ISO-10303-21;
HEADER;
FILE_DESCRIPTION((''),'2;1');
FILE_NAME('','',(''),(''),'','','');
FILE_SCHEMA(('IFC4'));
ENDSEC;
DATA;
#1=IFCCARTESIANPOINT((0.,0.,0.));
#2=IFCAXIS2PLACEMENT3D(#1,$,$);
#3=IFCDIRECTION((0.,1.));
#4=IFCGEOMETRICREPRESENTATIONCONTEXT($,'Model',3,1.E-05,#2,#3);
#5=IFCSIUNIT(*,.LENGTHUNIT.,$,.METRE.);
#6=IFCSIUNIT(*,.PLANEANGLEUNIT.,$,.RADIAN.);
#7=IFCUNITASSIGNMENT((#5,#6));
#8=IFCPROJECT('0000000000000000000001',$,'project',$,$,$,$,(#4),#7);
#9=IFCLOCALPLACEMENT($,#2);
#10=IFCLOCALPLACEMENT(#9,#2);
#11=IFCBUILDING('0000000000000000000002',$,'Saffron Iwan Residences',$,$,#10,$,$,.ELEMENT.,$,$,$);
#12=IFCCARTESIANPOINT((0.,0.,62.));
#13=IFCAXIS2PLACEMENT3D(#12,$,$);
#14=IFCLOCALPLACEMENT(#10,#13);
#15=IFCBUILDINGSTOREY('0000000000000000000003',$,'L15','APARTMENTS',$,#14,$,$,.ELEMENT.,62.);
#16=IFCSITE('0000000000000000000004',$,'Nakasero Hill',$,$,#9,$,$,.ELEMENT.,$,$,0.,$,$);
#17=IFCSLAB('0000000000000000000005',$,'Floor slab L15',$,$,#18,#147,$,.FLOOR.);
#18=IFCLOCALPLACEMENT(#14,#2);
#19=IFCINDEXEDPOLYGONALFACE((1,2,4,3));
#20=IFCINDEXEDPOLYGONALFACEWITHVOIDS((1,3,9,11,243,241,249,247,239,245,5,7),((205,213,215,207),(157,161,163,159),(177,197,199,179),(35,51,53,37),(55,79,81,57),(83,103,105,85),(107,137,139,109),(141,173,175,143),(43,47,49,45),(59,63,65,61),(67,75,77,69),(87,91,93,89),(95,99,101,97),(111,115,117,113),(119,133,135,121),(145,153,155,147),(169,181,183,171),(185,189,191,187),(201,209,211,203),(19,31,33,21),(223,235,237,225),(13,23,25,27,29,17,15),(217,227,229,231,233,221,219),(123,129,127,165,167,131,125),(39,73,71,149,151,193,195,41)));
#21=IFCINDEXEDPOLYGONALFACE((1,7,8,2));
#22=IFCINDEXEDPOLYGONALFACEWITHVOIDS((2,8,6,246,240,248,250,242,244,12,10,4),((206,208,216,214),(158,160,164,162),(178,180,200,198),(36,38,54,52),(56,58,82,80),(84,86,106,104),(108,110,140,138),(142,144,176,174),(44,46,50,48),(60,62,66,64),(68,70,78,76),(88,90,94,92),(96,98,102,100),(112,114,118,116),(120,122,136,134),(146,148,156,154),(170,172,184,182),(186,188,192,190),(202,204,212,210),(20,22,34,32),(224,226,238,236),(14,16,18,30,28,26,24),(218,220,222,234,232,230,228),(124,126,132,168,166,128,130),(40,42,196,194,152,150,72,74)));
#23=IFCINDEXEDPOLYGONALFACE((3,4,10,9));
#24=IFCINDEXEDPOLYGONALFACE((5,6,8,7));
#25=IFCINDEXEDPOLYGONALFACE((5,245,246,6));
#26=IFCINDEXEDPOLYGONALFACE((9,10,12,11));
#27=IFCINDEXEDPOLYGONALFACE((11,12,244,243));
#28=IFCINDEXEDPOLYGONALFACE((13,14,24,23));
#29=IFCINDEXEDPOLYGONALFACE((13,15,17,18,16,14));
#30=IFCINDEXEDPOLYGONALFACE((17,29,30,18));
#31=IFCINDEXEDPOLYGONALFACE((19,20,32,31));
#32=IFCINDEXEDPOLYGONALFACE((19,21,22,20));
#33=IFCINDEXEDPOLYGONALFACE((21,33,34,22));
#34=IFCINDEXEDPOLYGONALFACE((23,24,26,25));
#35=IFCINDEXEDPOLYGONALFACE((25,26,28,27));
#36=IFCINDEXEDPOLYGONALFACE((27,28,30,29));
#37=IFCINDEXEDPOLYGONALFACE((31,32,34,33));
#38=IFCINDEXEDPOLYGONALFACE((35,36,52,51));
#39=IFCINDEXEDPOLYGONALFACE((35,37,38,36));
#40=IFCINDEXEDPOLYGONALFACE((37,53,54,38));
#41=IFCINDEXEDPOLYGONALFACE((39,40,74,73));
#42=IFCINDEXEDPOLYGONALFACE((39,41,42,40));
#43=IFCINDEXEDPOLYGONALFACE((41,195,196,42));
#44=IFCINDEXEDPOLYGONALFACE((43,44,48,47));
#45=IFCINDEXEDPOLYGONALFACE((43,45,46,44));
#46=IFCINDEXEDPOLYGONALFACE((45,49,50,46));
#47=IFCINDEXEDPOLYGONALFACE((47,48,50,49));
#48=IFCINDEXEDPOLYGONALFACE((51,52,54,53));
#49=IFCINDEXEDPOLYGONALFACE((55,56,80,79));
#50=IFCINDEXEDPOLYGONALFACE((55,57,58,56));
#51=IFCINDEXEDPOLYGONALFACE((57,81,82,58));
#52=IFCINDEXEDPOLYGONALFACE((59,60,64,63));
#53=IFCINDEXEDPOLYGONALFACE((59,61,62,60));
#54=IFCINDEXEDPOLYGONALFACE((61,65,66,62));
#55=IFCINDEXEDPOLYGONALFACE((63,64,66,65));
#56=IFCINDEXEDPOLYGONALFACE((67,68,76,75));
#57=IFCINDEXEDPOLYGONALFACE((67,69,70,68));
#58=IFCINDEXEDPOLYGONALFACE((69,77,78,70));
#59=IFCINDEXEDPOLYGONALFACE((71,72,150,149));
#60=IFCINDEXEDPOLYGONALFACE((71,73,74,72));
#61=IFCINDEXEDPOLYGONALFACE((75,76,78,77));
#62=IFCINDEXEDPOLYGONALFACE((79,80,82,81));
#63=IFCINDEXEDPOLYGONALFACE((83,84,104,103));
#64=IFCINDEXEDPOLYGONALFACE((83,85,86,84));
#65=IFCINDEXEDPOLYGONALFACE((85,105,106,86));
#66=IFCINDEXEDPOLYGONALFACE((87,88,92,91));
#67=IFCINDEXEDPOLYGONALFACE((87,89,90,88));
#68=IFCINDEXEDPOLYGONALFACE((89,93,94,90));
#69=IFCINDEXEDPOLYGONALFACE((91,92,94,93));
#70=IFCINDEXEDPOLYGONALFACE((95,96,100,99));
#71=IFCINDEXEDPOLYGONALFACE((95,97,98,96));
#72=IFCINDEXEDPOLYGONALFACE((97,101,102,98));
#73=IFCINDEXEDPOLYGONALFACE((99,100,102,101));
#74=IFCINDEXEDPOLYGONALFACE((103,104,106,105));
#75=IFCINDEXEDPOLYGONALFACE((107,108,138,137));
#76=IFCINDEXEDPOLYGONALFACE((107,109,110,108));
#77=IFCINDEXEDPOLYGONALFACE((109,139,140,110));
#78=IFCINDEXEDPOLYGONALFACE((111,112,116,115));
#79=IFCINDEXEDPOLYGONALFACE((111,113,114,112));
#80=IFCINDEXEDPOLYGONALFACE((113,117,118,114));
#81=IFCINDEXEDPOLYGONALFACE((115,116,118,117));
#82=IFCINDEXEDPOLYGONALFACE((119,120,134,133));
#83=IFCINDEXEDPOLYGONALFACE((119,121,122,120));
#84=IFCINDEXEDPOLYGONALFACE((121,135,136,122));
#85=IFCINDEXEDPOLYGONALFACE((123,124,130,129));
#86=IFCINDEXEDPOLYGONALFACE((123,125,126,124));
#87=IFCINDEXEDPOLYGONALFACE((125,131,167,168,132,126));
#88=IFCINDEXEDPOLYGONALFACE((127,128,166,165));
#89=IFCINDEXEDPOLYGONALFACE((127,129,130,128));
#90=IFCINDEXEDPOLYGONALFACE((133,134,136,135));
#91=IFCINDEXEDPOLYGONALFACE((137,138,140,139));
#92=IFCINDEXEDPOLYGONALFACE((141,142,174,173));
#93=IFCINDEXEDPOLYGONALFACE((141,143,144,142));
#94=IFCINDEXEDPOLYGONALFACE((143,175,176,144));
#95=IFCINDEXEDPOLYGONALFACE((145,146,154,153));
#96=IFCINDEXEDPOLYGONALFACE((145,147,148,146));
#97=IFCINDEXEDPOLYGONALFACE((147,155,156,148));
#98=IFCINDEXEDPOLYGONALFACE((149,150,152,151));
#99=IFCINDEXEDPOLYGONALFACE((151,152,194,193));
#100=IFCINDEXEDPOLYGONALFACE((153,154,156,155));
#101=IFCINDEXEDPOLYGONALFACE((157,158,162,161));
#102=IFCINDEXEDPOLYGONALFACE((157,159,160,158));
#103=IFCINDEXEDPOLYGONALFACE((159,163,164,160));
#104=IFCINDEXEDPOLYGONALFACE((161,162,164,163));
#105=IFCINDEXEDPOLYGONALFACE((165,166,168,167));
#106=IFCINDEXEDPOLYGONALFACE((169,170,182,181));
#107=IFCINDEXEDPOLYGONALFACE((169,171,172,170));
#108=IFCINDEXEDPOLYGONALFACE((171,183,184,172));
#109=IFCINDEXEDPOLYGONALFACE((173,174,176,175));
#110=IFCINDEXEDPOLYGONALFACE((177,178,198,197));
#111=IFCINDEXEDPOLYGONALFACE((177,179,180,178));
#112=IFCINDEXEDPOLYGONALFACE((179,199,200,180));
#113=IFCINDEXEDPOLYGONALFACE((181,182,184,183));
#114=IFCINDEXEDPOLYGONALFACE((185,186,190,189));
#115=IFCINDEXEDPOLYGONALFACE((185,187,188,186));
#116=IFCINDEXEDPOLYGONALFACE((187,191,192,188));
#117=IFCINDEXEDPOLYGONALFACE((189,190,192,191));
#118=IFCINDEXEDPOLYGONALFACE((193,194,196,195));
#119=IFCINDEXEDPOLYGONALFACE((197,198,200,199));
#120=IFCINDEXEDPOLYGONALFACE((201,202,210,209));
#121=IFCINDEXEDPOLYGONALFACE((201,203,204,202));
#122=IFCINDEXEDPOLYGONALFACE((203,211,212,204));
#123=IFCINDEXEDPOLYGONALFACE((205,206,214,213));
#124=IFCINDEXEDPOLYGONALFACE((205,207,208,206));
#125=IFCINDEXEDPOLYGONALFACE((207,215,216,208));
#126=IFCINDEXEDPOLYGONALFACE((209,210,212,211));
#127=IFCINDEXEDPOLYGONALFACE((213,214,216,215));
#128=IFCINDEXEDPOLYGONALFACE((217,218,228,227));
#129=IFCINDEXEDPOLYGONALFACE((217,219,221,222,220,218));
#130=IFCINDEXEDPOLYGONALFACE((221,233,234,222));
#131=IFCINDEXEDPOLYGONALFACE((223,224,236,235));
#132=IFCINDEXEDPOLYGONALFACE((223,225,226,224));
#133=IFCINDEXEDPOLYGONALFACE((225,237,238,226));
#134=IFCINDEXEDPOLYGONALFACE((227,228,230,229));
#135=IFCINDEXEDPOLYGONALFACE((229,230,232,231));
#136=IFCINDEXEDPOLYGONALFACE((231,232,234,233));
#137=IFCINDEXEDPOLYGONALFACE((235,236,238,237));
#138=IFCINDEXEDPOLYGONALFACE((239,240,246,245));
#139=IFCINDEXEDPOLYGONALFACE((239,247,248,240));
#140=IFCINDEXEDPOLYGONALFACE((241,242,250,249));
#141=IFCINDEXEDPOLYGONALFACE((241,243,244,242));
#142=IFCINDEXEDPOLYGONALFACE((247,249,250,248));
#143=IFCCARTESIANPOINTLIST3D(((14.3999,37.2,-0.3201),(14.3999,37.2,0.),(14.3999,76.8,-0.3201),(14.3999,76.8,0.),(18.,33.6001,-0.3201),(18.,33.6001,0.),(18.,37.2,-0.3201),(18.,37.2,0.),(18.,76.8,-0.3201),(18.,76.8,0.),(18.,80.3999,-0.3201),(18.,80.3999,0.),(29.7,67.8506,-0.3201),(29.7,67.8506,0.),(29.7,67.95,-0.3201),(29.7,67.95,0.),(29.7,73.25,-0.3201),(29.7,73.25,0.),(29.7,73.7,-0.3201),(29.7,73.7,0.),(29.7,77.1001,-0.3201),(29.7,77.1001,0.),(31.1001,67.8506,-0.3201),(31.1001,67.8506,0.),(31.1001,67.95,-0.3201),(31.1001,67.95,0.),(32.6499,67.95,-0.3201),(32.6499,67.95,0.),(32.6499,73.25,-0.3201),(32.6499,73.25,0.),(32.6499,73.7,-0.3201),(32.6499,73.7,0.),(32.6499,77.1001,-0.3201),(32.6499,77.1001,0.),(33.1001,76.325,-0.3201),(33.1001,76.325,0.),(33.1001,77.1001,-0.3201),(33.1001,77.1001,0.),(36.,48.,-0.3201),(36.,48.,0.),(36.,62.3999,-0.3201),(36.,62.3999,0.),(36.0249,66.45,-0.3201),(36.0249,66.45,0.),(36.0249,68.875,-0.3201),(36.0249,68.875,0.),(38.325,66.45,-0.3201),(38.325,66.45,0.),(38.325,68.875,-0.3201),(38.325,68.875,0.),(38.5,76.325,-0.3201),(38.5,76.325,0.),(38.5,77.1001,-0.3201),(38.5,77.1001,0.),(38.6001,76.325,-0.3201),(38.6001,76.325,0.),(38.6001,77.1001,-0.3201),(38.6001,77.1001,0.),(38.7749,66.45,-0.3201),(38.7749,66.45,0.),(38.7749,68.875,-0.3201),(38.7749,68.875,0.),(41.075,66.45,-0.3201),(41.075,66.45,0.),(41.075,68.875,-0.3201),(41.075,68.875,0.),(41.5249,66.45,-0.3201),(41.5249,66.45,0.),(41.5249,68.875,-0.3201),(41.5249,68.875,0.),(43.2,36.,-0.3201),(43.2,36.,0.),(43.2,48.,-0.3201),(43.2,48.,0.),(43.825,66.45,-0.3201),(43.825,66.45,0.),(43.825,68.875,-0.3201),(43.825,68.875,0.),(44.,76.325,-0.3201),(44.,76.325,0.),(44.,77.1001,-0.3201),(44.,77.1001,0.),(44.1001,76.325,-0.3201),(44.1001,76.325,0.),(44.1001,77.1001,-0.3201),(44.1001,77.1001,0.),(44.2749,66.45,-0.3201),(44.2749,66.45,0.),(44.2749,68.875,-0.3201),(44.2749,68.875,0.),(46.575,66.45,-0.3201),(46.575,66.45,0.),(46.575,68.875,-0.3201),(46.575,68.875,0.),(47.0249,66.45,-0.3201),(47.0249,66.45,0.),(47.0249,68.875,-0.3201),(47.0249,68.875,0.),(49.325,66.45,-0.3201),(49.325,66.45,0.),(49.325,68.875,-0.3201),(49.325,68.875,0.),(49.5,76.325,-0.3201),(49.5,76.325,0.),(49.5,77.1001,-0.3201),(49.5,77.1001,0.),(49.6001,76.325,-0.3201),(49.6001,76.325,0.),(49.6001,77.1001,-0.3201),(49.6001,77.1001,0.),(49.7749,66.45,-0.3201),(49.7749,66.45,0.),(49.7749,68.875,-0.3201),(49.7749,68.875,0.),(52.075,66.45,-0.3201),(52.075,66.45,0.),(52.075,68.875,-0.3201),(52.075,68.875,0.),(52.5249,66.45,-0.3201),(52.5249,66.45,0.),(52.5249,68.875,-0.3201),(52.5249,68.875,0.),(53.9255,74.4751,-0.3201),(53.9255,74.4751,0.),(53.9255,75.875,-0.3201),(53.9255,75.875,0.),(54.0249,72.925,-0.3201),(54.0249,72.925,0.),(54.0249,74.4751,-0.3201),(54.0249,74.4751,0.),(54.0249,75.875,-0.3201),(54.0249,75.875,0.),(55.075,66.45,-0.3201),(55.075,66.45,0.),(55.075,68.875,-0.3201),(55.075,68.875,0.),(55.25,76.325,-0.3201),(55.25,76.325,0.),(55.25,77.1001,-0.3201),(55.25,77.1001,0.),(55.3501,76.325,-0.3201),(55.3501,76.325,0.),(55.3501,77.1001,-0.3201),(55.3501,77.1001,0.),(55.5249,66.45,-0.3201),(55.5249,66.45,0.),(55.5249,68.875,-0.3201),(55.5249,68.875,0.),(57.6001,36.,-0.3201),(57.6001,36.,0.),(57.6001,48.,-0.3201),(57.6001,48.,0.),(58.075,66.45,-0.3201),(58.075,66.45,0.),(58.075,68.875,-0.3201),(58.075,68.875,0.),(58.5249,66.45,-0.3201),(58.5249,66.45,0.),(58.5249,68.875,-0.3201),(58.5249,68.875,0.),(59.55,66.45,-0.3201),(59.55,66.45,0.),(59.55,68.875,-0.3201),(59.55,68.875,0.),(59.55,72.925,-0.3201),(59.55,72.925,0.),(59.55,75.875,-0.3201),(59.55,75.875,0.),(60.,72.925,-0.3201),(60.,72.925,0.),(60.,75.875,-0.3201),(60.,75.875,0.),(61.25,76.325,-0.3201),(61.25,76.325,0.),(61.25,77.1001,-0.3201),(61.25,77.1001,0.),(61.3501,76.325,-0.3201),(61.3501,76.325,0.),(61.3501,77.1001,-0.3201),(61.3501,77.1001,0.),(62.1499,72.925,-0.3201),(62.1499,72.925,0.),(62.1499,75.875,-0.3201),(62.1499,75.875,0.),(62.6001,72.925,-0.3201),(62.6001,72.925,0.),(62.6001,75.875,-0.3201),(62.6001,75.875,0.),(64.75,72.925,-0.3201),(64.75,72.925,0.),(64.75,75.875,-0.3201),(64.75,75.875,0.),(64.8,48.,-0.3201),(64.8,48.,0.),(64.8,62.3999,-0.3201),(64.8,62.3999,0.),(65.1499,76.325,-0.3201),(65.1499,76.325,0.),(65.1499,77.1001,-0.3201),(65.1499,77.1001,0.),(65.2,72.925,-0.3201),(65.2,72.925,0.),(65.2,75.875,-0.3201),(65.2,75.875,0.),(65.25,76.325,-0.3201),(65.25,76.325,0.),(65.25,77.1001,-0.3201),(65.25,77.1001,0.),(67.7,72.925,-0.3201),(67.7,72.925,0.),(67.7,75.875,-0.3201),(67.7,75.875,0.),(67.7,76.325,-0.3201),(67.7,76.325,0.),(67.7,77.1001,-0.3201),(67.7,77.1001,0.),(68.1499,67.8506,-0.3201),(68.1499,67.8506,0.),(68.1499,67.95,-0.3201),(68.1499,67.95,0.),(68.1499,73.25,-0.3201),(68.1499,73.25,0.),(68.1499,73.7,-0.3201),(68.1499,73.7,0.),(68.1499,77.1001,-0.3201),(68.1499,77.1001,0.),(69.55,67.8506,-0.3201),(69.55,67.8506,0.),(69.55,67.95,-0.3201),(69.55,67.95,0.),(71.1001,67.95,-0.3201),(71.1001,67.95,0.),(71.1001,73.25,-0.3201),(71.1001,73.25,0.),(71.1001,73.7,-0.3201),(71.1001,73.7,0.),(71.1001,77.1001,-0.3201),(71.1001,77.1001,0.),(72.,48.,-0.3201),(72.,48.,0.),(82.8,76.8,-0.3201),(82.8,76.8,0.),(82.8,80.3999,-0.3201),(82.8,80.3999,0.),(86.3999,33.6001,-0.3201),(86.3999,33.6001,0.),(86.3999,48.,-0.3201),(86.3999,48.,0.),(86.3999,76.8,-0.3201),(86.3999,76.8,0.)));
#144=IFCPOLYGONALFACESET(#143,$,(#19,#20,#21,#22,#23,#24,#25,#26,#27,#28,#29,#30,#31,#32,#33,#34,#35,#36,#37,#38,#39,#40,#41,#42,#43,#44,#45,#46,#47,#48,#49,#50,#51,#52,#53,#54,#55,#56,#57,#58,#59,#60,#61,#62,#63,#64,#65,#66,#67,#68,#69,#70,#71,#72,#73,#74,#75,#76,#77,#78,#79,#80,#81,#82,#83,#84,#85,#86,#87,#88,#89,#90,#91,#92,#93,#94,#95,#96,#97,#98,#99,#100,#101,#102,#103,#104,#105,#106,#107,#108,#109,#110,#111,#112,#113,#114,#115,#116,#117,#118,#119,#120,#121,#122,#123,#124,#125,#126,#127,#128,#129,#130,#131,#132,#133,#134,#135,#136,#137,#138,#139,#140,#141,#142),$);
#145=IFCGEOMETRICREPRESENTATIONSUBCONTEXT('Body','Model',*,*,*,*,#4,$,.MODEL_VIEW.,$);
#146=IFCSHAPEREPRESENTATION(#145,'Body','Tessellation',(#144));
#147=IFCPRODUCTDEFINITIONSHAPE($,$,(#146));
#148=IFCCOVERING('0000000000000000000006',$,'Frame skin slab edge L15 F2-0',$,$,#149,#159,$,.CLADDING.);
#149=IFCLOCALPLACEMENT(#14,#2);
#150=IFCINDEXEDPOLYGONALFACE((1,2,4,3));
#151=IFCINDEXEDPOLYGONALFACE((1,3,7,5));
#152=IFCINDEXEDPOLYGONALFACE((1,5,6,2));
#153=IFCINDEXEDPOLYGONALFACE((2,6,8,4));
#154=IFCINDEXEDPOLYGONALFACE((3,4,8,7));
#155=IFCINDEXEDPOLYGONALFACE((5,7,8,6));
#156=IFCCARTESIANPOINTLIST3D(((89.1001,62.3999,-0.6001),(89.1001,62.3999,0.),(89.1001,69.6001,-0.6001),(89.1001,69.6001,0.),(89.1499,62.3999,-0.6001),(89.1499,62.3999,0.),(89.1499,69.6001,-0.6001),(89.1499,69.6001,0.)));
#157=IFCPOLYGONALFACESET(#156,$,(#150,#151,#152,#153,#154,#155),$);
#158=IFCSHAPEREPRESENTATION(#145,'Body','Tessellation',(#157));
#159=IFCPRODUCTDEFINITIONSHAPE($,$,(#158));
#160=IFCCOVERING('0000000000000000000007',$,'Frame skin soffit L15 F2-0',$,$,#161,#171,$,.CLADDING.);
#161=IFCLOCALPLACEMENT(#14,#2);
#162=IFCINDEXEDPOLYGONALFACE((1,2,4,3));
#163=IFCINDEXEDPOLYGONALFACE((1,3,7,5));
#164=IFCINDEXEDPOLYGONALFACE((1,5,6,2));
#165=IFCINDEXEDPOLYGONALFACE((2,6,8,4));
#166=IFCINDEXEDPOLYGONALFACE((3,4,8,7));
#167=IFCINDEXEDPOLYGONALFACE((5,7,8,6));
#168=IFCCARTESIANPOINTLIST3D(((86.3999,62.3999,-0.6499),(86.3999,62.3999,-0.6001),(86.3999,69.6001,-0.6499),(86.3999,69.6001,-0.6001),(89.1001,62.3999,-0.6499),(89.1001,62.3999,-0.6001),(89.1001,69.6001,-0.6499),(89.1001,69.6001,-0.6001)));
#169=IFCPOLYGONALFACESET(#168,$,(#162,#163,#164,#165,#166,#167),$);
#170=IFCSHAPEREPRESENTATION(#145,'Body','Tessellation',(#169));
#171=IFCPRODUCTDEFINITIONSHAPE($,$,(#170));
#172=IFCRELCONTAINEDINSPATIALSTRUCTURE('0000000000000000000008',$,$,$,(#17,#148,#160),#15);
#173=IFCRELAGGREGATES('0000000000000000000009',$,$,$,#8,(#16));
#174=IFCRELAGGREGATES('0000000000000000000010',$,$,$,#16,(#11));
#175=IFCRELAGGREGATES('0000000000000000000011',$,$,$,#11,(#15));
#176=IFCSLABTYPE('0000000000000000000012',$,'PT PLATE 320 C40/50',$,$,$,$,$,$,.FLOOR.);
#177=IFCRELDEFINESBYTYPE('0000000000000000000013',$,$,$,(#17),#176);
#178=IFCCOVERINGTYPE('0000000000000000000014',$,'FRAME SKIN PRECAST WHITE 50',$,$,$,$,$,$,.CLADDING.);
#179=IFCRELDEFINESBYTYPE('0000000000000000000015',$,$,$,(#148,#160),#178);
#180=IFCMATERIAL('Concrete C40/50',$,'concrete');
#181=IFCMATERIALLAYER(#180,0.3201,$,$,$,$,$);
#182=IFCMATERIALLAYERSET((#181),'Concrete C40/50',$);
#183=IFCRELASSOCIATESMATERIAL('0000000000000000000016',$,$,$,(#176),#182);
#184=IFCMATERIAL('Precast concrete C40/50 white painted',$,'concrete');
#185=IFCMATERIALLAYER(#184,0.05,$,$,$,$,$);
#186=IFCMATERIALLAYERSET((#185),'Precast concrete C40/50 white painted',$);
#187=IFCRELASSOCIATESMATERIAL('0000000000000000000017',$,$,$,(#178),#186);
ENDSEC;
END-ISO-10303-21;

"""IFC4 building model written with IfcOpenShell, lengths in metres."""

from ifc_helpers import new_model, si_unit, direction, frame, origin, place, context, subcontext, project, spatial, polyline, outline, extrude, material, layer, layer_set, type_object, element, save


model = new_model("IFC4")

# Units and contexts
model_context = context("Model", 3, precision=1e-05, world=origin(), true_north=direction((0.0, 1.0)))
body_context = subcontext(model_context, "Body", "Model", "MODEL_VIEW")
ifc_project = project(units=[si_unit("LENGTHUNIT", "METRE"), si_unit("PLANEANGLEUNIT", "RADIAN")], contexts=[model_context])

# Site, building, storey
site_placement = place(None, origin())
site = spatial("IfcSite", under=ifc_project, at=site_placement, Name="Nakasero Hill", CompositionType="ELEMENT", RefElevation=0.0)
building_placement = place(site_placement, origin())
building = spatial("IfcBuilding", under=site, at=building_placement, Name="Saffron Iwan Residences", CompositionType="ELEMENT")
storey_placement = place(building_placement, frame((0.0, 0.0, 62.0)))
storey = spatial("IfcBuildingStorey", under=building, at=storey_placement, Name="L15", Description="APARTMENTS", CompositionType="ELEMENT", Elevation=62.0)

# Slab
ifc_material_1 = material(Name="Concrete C40/50", Category="concrete")
ifc_layer_1 = layer(ifc_material_1, 0.3201)
ifc_layer_set_1 = layer_set([ifc_layer_1], Name="Concrete C40/50")
slab_type_1 = type_object("IfcSlabType", Name="PT PLATE 320 C40/50", PredefinedType="FLOOR", material=ifc_layer_set_1)
slab_1_placement = place(storey_placement, frame((0.0, 0.0, -0.3201)))
element("IfcSlab", 1, at=slab_1_placement, inside=storey, type_object=slab_type_1, Name="Floor slab L15", PredefinedType="FLOOR", context=body_context, shape_type="SweptSolid", body=[
    extrude(outline(polyline([(14.3999, 37.2), (14.3999, 76.8), (18.0, 76.8), (18.0, 80.3999), (82.8, 80.3999), (82.8, 76.8), (86.3999, 76.8), (86.3999, 48.0), (72.0, 48.0), (86.3999, 33.6001), (18.0, 33.6001), (18.0, 37.2), (14.3999, 37.2)]), holes=[polyline([(64.8, 48.0), (64.8, 62.3999), (36.0, 62.3999), (36.0, 48.0), (43.2, 48.0), (43.2, 36.0), (57.6001, 36.0), (57.6001, 48.0), (64.8, 48.0)]), polyline([(38.325, 68.875), (36.0249, 68.875), (36.0249, 66.45), (38.325, 66.45), (38.325, 68.875)]), polyline([(41.075, 66.45), (41.075, 68.875), (38.7749, 68.875), (38.7749, 66.45), (41.075, 66.45)]), polyline([(43.825, 66.45), (43.825, 68.875), (41.5249, 68.875), (41.5249, 66.45), (43.825, 66.45)]), polyline([(46.575, 68.875), (44.2749, 68.875), (44.2749, 66.45), (46.575, 66.45), (46.575, 68.875)]), polyline([(49.325, 66.45), (49.325, 68.875), (47.0249, 68.875), (47.0249, 66.45), (49.325, 66.45)]), polyline([(52.075, 66.45), (52.075, 68.875), (49.7749, 68.875), (49.7749, 66.45), (52.075, 66.45)]), polyline([(29.7, 73.25), (29.7, 67.95), (29.7, 67.8506), (31.1001, 67.8506), (31.1001, 67.95), (32.6499, 67.95), (32.6499, 73.25), (29.7, 73.25)]), polyline([(32.6499, 73.7), (32.6499, 77.1001), (29.7, 77.1001), (29.7, 73.7), (32.6499, 73.7)]), polyline([(38.5, 76.325), (38.5, 77.1001), (33.1001, 77.1001), (33.1001, 76.325), (38.5, 76.325)]), polyline([(44.0, 77.1001), (38.6001, 77.1001), (38.6001, 76.325), (44.0, 76.325), (44.0, 77.1001)]), polyline([(49.5, 76.325), (49.5, 77.1001), (44.1001, 77.1001), (44.1001, 76.325), (49.5, 76.325)]), polyline([(55.25, 76.325), (55.25, 77.1001), (49.6001, 77.1001), (49.6001, 76.325), (55.25, 76.325)]), polyline([(55.075, 68.875), (52.5249, 68.875), (52.5249, 66.45), (55.075, 66.45), (55.075, 68.875)]), polyline([(58.075, 66.45), (58.075, 68.875), (55.5249, 68.875), (55.5249, 66.45), (58.075, 66.45)]), polyline([(59.55, 66.45), (59.55, 68.875), (58.5249, 68.875), (58.5249, 66.45), (59.55, 66.45)]), polyline([(68.1499, 73.25), (68.1499, 67.95), (68.1499, 67.8506), (69.55, 67.8506), (69.55, 67.95), (71.1001, 67.95), (71.1001, 73.25), (68.1499, 73.25)]), polyline([(53.9255, 74.4751), (54.0249, 74.4751), (54.0249, 72.925), (59.55, 72.925), (59.55, 75.875), (54.0249, 75.875), (53.9255, 75.875), (53.9255, 74.4751)]), polyline([(62.1499, 72.925), (62.1499, 75.875), (60.0, 75.875), (60.0, 72.925), (62.1499, 72.925)]), polyline([(64.75, 75.875), (62.6001, 75.875), (62.6001, 72.925), (64.75, 72.925), (64.75, 75.875)]), polyline([(67.7, 72.925), (67.7, 75.875), (65.2, 75.875), (65.2, 72.925), (67.7, 72.925)]), polyline([(71.1001, 73.7), (71.1001, 77.1001), (68.1499, 77.1001), (68.1499, 73.7), (71.1001, 73.7)]), polyline([(61.25, 77.1001), (55.3501, 77.1001), (55.3501, 76.325), (61.25, 76.325), (61.25, 77.1001)]), polyline([(65.1499, 76.325), (65.1499, 77.1001), (61.3501, 77.1001), (61.3501, 76.325), (65.1499, 76.325)]), polyline([(67.7, 76.325), (67.7, 77.1001), (65.25, 77.1001), (65.25, 76.325), (67.7, 76.325)])]), origin(), (0.0, 0.0, 1.0), 0.3201),
])

# Coverings
ifc_material_2 = material(Name="Precast concrete C40/50 white painted", Category="concrete")
ifc_layer_2 = layer(ifc_material_2, 0.05)
ifc_layer_set_2 = layer_set([ifc_layer_2], Name="Precast concrete C40/50 white painted")
covering_type_1 = type_object("IfcCoveringType", Name="FRAME SKIN PRECAST WHITE 50", PredefinedType="CLADDING", material=ifc_layer_set_2)
covering_1_placement = place(storey_placement, frame((0.0, 0.0, -0.6001)))
element("IfcCovering", 2, at=covering_1_placement, inside=storey, type_object=covering_type_1, Name="Frame skin slab edge L15 F2-0", PredefinedType="CLADDING", context=body_context, shape_type="SweptSolid", body=[
    extrude(outline(polyline([(89.1499, 62.3999), (89.1499, 69.6001), (89.1001, 69.6001), (89.1001, 62.3999), (89.1499, 62.3999)])), origin(), (0.0, 0.0, 1.0), 0.6001),
])
covering_2_placement = place(storey_placement, frame((0.0, 0.0, -0.6499)))
element("IfcCovering", 3, at=covering_2_placement, inside=storey, type_object=covering_type_1, Name="Frame skin soffit L15 F2-0", PredefinedType="CLADDING", context=body_context, shape_type="SweptSolid", body=[
    extrude(outline(polyline([(89.1001, 62.3999), (89.1001, 69.6001), (86.3999, 69.6001), (86.3999, 62.3999), (89.1001, 62.3999)])), origin(), (0.0, 0.0, 1.0), 0.0498),
])

save(model, "model.ifc")
